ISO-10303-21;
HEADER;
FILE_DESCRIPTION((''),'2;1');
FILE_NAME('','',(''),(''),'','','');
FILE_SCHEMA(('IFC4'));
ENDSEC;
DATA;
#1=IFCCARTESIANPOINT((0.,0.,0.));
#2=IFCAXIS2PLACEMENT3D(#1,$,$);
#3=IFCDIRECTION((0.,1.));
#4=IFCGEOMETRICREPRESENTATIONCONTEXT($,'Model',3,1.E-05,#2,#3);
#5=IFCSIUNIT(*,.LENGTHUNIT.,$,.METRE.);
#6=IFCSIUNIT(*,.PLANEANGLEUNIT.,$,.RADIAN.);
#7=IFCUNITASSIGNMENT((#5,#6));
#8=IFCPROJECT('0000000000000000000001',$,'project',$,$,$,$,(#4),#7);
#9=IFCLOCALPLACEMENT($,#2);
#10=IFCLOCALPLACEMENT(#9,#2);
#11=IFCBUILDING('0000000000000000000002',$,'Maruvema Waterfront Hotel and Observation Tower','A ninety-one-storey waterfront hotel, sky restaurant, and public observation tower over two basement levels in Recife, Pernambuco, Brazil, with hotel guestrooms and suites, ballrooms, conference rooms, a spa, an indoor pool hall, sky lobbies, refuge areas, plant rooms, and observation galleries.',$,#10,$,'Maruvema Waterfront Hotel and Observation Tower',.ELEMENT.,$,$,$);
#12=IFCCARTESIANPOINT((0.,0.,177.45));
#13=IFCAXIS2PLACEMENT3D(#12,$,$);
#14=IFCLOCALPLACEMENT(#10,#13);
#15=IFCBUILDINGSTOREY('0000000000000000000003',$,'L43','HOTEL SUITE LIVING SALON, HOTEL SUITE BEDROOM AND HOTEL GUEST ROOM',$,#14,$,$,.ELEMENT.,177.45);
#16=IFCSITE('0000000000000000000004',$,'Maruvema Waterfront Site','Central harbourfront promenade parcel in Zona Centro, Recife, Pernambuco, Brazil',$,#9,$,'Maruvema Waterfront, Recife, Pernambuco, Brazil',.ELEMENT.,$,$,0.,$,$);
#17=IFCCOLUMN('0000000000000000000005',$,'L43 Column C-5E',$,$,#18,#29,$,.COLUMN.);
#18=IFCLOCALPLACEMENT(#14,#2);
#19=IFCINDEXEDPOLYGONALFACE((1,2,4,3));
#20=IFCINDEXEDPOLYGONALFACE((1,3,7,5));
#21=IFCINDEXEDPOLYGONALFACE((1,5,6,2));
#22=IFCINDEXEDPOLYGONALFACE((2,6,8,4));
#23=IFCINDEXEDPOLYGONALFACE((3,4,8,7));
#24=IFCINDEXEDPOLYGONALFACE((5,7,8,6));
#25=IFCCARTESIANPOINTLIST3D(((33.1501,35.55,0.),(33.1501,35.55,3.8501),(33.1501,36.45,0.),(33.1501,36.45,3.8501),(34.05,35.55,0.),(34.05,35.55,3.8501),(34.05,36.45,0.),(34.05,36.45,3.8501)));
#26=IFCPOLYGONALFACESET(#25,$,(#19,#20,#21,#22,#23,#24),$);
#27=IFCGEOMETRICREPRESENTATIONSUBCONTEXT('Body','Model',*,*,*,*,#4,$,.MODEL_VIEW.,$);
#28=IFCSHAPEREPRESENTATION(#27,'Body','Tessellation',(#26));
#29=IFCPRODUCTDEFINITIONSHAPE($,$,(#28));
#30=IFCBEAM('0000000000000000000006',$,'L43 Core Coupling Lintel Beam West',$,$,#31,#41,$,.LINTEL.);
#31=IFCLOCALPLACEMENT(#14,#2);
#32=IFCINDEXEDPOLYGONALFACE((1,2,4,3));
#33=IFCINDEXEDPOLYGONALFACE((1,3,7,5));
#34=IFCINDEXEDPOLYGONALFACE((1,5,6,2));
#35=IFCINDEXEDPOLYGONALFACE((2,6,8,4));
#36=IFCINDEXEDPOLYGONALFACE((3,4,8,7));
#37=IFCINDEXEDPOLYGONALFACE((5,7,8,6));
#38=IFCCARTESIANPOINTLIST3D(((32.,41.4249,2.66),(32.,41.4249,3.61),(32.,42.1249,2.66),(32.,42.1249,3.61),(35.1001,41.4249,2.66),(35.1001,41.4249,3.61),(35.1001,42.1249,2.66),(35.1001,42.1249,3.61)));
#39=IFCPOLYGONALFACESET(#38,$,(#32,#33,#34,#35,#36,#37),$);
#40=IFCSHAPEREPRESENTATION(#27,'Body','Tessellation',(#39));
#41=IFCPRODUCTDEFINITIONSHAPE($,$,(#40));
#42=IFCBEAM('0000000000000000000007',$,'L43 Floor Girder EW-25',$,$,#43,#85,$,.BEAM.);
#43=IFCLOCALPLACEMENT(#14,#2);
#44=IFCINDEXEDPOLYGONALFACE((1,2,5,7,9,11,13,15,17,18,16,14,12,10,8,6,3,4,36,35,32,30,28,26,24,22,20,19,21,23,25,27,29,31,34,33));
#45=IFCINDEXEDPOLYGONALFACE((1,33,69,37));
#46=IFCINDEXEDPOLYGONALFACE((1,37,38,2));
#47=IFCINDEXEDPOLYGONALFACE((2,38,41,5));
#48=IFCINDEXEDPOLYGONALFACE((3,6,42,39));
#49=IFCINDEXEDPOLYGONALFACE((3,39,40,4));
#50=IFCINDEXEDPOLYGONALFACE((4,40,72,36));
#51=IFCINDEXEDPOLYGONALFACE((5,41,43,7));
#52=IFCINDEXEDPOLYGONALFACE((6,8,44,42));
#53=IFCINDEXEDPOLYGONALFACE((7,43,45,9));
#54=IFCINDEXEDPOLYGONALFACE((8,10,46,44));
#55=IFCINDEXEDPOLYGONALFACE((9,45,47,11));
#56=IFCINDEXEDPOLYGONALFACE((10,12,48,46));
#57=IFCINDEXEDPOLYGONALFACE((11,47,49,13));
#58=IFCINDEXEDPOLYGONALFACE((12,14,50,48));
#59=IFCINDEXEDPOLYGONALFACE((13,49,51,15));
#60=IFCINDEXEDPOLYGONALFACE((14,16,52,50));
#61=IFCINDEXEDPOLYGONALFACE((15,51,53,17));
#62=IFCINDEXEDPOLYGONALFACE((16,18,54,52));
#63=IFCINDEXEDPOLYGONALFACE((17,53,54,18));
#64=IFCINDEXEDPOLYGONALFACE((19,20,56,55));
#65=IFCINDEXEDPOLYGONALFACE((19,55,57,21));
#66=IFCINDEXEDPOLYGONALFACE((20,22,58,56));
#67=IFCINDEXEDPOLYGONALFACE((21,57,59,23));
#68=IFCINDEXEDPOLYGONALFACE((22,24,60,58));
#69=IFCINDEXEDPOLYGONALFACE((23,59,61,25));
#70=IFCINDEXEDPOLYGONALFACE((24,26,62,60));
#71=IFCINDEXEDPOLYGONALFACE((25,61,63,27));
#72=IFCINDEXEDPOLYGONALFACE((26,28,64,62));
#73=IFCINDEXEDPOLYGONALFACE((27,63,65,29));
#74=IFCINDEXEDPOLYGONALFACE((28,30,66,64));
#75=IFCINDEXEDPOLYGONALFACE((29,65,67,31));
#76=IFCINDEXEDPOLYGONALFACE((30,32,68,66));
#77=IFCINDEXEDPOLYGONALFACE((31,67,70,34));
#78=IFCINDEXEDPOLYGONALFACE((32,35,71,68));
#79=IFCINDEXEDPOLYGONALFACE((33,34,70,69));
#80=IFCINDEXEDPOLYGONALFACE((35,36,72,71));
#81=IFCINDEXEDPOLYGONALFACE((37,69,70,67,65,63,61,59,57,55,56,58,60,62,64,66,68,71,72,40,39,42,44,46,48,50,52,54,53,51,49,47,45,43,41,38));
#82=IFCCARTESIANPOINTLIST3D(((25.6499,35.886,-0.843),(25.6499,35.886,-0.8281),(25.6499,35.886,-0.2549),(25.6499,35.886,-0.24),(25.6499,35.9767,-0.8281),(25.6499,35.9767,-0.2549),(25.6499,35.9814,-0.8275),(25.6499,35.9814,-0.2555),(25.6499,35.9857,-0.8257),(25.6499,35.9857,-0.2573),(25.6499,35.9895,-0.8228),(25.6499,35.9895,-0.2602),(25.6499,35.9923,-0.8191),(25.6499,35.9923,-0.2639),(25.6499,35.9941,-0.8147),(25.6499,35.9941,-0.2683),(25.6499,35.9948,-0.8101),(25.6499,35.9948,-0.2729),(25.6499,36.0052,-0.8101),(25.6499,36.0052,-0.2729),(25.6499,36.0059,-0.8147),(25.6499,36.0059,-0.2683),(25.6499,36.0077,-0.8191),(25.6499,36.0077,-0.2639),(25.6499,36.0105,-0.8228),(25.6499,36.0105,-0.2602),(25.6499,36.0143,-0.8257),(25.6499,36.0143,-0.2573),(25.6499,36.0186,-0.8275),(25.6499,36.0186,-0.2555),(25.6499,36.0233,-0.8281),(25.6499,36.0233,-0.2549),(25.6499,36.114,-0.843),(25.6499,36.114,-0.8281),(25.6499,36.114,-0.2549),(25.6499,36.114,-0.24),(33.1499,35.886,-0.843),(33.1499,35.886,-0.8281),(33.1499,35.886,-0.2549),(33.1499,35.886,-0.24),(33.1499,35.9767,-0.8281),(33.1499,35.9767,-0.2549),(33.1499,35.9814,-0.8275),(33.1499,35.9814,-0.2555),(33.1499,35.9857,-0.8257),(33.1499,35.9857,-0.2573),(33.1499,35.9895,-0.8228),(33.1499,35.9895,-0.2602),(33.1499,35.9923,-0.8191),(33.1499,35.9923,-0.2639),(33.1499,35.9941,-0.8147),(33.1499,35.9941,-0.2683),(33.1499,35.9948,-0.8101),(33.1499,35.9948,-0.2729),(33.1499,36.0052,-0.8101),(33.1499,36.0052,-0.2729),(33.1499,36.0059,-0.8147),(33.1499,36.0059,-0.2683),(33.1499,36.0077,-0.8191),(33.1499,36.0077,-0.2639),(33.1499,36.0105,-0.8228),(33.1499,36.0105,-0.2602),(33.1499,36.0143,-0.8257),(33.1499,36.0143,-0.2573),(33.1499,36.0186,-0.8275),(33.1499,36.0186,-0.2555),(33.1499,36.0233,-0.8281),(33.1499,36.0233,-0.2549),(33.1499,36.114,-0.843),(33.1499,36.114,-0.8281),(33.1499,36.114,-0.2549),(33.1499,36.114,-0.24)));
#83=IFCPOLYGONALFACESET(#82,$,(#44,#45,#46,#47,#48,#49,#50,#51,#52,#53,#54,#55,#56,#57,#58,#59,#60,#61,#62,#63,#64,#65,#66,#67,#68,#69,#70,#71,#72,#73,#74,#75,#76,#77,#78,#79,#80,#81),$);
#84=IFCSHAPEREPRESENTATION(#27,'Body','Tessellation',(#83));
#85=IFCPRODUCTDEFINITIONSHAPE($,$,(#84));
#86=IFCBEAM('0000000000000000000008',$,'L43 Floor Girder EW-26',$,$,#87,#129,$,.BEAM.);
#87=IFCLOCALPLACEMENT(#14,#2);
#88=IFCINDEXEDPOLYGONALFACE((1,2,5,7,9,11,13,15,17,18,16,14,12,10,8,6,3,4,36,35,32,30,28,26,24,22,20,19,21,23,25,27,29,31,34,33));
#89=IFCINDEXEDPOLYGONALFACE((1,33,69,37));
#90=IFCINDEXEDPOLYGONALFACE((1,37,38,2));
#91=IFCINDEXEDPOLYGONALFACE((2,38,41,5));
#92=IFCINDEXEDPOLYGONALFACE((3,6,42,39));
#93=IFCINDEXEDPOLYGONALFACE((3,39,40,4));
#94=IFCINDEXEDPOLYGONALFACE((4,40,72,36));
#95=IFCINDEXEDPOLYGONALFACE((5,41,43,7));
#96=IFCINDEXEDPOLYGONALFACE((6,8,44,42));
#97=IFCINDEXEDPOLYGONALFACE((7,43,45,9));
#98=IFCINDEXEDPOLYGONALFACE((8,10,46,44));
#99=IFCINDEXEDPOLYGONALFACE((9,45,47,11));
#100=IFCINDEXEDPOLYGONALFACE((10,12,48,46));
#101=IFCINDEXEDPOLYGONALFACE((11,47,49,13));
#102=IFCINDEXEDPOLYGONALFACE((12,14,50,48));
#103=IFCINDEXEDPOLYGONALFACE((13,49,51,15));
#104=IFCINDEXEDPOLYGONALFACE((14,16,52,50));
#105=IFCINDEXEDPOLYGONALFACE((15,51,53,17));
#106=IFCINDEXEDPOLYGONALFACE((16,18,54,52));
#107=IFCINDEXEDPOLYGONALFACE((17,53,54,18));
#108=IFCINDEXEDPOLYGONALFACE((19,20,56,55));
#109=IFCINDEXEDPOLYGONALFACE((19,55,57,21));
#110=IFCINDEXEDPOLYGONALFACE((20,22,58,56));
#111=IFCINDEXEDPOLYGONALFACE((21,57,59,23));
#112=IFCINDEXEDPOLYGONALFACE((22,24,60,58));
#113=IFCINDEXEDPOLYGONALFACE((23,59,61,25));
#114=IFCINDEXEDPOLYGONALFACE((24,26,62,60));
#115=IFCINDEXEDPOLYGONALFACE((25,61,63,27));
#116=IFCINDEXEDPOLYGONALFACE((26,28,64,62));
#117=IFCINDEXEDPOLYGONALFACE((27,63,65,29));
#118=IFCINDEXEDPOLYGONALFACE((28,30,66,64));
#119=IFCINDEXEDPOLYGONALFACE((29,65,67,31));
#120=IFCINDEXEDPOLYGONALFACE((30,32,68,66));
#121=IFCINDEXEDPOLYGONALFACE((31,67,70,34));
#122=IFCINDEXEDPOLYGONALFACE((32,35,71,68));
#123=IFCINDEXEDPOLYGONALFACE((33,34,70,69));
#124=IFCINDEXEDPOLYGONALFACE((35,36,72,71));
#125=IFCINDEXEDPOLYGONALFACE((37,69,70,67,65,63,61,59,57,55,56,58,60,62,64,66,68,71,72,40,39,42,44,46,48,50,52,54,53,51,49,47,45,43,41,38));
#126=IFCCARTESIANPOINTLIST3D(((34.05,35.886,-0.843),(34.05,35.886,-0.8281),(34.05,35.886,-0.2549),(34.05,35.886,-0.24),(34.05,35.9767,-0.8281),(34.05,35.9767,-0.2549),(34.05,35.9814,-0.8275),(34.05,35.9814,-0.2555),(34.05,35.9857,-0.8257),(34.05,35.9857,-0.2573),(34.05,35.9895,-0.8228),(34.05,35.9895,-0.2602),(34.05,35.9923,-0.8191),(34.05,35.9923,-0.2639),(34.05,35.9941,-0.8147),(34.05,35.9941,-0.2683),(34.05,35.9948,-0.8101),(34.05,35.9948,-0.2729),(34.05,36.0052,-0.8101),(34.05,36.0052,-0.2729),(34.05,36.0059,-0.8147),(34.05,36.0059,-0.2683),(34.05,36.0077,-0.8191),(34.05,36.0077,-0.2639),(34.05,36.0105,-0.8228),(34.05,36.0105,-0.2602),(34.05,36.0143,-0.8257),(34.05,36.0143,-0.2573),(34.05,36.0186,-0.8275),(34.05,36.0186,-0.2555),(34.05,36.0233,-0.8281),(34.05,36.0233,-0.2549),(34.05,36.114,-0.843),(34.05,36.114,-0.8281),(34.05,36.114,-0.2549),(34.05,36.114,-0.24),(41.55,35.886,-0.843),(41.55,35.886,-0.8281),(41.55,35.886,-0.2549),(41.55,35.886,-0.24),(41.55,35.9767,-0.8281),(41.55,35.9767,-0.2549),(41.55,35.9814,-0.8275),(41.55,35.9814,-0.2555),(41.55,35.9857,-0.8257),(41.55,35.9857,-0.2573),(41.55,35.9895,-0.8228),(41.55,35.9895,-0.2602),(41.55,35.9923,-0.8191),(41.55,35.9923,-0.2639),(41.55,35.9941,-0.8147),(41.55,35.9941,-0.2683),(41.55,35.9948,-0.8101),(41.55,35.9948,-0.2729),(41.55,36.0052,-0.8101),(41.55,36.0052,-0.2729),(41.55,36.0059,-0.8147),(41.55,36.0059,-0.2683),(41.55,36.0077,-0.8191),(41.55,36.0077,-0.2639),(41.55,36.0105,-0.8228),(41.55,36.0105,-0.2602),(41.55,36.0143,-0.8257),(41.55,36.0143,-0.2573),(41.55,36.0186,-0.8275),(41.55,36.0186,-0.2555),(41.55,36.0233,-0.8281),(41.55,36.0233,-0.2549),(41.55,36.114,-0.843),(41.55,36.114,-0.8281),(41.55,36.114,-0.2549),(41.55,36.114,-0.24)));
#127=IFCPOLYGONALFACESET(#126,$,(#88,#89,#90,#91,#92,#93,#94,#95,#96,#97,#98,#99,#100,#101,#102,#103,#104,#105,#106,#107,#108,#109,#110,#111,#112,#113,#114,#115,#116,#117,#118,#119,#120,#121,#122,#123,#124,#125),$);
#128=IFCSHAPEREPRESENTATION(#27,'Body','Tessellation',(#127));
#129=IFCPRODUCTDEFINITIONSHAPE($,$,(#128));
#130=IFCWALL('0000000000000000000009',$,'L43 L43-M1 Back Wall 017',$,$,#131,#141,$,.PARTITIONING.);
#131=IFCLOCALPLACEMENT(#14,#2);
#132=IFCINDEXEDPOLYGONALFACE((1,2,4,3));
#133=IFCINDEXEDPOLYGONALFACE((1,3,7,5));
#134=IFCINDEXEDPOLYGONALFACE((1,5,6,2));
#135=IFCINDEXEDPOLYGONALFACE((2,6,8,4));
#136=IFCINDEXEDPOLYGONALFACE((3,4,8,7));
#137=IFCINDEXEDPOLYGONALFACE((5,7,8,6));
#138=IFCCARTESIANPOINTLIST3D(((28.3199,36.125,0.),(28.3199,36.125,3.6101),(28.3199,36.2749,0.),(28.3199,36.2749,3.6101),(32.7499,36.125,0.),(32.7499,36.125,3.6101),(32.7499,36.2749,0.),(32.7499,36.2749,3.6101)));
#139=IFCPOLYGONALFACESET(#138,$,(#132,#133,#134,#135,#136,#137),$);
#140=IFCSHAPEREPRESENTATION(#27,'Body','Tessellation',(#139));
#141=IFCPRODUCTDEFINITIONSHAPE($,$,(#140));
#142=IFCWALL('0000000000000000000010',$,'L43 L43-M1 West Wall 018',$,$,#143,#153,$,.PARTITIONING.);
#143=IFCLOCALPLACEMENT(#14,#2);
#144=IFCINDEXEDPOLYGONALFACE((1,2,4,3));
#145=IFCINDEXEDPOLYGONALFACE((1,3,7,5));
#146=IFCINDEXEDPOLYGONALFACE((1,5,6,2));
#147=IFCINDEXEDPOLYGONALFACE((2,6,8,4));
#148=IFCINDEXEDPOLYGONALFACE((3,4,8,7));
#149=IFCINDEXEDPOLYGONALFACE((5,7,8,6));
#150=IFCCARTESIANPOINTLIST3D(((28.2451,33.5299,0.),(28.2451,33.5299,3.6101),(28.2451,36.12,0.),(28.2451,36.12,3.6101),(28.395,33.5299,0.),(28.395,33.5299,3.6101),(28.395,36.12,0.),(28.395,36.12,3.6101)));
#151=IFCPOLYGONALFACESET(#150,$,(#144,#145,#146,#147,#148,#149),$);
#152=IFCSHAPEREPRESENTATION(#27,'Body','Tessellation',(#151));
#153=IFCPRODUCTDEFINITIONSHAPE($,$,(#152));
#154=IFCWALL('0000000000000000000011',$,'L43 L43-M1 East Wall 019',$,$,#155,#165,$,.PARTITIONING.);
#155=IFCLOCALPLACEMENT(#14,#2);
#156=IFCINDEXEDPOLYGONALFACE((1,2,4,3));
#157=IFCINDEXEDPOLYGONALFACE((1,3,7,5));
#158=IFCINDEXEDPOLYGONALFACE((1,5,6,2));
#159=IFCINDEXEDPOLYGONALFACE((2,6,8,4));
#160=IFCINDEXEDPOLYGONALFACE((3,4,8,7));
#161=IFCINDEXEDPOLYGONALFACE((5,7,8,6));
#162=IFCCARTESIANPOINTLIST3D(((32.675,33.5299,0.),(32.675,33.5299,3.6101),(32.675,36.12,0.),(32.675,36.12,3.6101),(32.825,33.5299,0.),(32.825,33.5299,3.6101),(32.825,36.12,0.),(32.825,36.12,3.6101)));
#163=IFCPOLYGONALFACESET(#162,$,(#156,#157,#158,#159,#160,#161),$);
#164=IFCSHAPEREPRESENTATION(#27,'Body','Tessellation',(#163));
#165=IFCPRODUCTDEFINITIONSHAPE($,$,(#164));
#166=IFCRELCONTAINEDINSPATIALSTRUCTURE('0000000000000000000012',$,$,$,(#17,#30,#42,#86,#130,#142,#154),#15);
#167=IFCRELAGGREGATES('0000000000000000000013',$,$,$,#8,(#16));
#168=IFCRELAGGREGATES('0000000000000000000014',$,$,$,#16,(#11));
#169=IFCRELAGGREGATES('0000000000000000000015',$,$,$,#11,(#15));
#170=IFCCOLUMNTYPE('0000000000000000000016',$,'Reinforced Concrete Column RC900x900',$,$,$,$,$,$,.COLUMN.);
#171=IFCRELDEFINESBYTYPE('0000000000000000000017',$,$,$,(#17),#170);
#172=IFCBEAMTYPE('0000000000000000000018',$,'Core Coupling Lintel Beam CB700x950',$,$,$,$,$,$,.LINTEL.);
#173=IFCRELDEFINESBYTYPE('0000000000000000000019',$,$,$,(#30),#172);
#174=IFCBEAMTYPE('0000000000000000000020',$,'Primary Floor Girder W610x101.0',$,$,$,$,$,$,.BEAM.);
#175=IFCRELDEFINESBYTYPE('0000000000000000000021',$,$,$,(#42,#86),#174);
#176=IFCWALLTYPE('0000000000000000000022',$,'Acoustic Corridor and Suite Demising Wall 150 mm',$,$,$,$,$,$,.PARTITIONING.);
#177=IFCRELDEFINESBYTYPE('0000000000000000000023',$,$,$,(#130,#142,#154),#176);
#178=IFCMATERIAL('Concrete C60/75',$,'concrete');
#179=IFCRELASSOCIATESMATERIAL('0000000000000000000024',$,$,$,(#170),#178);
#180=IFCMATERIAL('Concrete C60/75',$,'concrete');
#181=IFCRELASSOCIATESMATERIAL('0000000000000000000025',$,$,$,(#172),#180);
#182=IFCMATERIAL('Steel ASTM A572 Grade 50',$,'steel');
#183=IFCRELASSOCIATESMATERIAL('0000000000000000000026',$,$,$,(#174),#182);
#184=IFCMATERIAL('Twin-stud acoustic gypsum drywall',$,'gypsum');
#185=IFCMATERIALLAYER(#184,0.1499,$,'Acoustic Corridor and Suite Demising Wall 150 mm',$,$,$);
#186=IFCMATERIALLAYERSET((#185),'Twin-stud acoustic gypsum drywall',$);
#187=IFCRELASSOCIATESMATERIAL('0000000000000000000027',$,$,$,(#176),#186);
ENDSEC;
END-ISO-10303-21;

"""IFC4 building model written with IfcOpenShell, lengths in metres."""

from ifc_helpers import new_model, si_unit, direction, frame, frame_2d, origin, origin_2d, place, context, subcontext, project, spatial, rectangle, i_section, extrude, material, layer, layer_set, material_profile, profile_set, type_object, element, save


model = new_model("IFC4")

# Units and contexts
model_context = context("Model", 3, precision=1e-05, world=origin(), true_north=direction((0.0, 1.0)))
body_context = subcontext(model_context, "Body", "Model", "MODEL_VIEW")
ifc_project = project(units=[si_unit("LENGTHUNIT", "METRE"), si_unit("PLANEANGLEUNIT", "RADIAN")], contexts=[model_context])

# Site, building, storey
site_placement = place(None, origin())
site = spatial("IfcSite", under=ifc_project, at=site_placement, Name="Maruvema Waterfront Site", Description="Central harbourfront promenade parcel in Zona Centro, Recife, Pernambuco, Brazil", LongName="Maruvema Waterfront, Recife, Pernambuco, Brazil", CompositionType="ELEMENT", RefElevation=0.0)
building_placement = place(site_placement, origin())
building = spatial("IfcBuilding", under=site, at=building_placement, Name="Maruvema Waterfront Hotel and Observation Tower", Description="A ninety-one-storey waterfront hotel, sky restaurant, and public observation tower over two basement levels in Recife, Pernambuco, Brazil, with hotel guestrooms and suites, ballrooms, conference rooms, a spa, an indoor pool hall, sky lobbies, refuge areas, plant rooms, and observation galleries.", LongName="Maruvema Waterfront Hotel and Observation Tower", CompositionType="ELEMENT")
storey_placement = place(building_placement, frame((0.0, 0.0, 177.45)))
storey = spatial("IfcBuildingStorey", under=building, at=storey_placement, Name="L43", Description="HOTEL SUITE LIVING SALON, HOTEL SUITE BEDROOM AND HOTEL GUEST ROOM", CompositionType="ELEMENT", Elevation=177.45)

# Column
ifc_material_1 = material(Name="Concrete C60/75", Category="concrete")
ifc_material_profile_1 = material_profile(ifc_material_1, rectangle(XDim=0.8999, YDim=0.8999, at=origin_2d()), Name="RC900x900")
ifc_profile_set_1 = profile_set([ifc_material_profile_1], Name="Concrete C60/75")
column_type = type_object("IfcColumnType", Name="Reinforced Concrete Column RC900x900", PredefinedType="COLUMN", material=ifc_profile_set_1)
column_placement = place(storey_placement, frame((33.6001, 36.0, 0.0), z_axis=(0.0, 0.0, 1.0), x_axis=(1.0, 0.0, 0.0)))
element("IfcColumn", 1, at=column_placement, inside=storey, type_object=column_type, Name="L43 Column C-5E", PredefinedType="COLUMN", context=body_context, shape_type="SweptSolid", body=[
    extrude(rectangle(XDim=0.8999, YDim=0.8999, at=origin_2d()), origin(), (0.0, 0.0, 1.0), 3.8501),
])

# Beams
ifc_material_2 = material(Name="Concrete C60/75", Category="concrete")
ifc_material_profile_2 = material_profile(ifc_material_2, rectangle(XDim=0.7, YDim=0.95, at=origin_2d()), Name="CB700x950")
ifc_profile_set_2 = profile_set([ifc_material_profile_2], Name="Concrete C60/75")
beam_type_1 = type_object("IfcBeamType", Name="Core Coupling Lintel Beam CB700x950", PredefinedType="LINTEL", material=ifc_profile_set_2)
beam_placement = place(storey_placement, frame((32.0, 41.7749, 3.135), z_axis=(1.0, 0.0, 0.0), x_axis=(0.0, 1.0, 0.0)))
element("IfcBeam", 2, at=beam_placement, inside=storey, type_object=beam_type_1, Name="L43 Core Coupling Lintel Beam West", PredefinedType="LINTEL", context=body_context, shape_type="SweptSolid", body=[
    extrude(rectangle(XDim=0.7, YDim=0.95, at=origin_2d()), origin(), (0.0, 0.0, 1.0), 3.1001),
])
ifc_material_3 = material(Name="Steel ASTM A572 Grade 50", Category="steel")
ifc_material_profile_3 = material_profile(ifc_material_3, i_section(OverallWidth=0.228, OverallDepth=0.603, WebThickness=0.0105, FlangeThickness=0.0149, FilletRadius=0.0181, at=origin_2d()), Name="W610x101.0")
ifc_profile_set_3 = profile_set([ifc_material_profile_3], Name="Steel ASTM A572 Grade 50")
beam_type_2 = type_object("IfcBeamType", Name="Primary Floor Girder W610x101.0", PredefinedType="BEAM", material=ifc_profile_set_3)
for number, where, z_axis, x_axis, name in (
    (3, (25.6499, 36.0, -0.5415), (1.0, 0.0, 0.0), (0.0, 1.0, 0.0), "L43 Floor Girder EW-25"),
    (4, (34.05, 36.0, -0.5415), (1.0, 0.0, 0.0), (0.0, 1.0, 0.0), "L43 Floor Girder EW-26"),
):
    element("IfcBeam", number, at=place(storey_placement, frame(where, z_axis=z_axis, x_axis=x_axis)), inside=storey, type_object=beam_type_2, Name=name, PredefinedType="BEAM", context=body_context, shape_type="SweptSolid", body=[
        extrude(i_section(OverallWidth=0.228, OverallDepth=0.603, WebThickness=0.0105, FlangeThickness=0.0149, FilletRadius=0.0181, at=origin_2d()), origin(), (0.0, 0.0, 1.0), 7.5),
    ])

# Walls
ifc_material_4 = material(Name="Twin-stud acoustic gypsum drywall", Category="gypsum")
ifc_layer_1 = layer(ifc_material_4, 0.1499, Name="Acoustic Corridor and Suite Demising Wall 150 mm")
ifc_layer_set_1 = layer_set([ifc_layer_1], Name="Twin-stud acoustic gypsum drywall")
wall_type_1 = type_object("IfcWallType", Name="Acoustic Corridor and Suite Demising Wall 150 mm", PredefinedType="PARTITIONING", material=ifc_layer_set_1)
wall_1_placement = place(storey_placement, frame((28.3201, 36.2, 0.0), z_axis=(0.0, 0.0, 1.0), x_axis=(1.0, 0.0, 0.0)))
element("IfcWall", 5, at=wall_1_placement, inside=storey, type_object=wall_type_1, Name="L43 L43-M1 Back Wall 017", PredefinedType="PARTITIONING", context=body_context, shape_type="SweptSolid", body=[
    extrude(rectangle(XDim=4.4299, YDim=0.1499, at=frame_2d((2.2148, 0.0))), origin(), (0.0, 0.0, 1.0), 3.6101),
])
for number, where, z_axis, x_axis, name in (
    (6, (28.3201, 33.53, 0.0), (0.0, 0.0, 1.0), (0.0, 1.0, 0.0), "L43 L43-M1 West Wall 018"),
    (7, (32.75, 33.53, 0.0), (0.0, 0.0, 1.0), (0.0, 1.0, 0.0), "L43 L43-M1 East Wall 019"),
):
    element("IfcWall", number, at=place(storey_placement, frame(where, z_axis=z_axis, x_axis=x_axis)), inside=storey, type_object=wall_type_1, Name=name, PredefinedType="PARTITIONING", context=body_context, shape_type="SweptSolid", body=[
        extrude(rectangle(XDim=2.5901, YDim=0.1499, at=frame_2d((1.2949, 0.0))), origin(), (0.0, 0.0, 1.0), 3.6101),
    ])

save(model, "model.ifc")
